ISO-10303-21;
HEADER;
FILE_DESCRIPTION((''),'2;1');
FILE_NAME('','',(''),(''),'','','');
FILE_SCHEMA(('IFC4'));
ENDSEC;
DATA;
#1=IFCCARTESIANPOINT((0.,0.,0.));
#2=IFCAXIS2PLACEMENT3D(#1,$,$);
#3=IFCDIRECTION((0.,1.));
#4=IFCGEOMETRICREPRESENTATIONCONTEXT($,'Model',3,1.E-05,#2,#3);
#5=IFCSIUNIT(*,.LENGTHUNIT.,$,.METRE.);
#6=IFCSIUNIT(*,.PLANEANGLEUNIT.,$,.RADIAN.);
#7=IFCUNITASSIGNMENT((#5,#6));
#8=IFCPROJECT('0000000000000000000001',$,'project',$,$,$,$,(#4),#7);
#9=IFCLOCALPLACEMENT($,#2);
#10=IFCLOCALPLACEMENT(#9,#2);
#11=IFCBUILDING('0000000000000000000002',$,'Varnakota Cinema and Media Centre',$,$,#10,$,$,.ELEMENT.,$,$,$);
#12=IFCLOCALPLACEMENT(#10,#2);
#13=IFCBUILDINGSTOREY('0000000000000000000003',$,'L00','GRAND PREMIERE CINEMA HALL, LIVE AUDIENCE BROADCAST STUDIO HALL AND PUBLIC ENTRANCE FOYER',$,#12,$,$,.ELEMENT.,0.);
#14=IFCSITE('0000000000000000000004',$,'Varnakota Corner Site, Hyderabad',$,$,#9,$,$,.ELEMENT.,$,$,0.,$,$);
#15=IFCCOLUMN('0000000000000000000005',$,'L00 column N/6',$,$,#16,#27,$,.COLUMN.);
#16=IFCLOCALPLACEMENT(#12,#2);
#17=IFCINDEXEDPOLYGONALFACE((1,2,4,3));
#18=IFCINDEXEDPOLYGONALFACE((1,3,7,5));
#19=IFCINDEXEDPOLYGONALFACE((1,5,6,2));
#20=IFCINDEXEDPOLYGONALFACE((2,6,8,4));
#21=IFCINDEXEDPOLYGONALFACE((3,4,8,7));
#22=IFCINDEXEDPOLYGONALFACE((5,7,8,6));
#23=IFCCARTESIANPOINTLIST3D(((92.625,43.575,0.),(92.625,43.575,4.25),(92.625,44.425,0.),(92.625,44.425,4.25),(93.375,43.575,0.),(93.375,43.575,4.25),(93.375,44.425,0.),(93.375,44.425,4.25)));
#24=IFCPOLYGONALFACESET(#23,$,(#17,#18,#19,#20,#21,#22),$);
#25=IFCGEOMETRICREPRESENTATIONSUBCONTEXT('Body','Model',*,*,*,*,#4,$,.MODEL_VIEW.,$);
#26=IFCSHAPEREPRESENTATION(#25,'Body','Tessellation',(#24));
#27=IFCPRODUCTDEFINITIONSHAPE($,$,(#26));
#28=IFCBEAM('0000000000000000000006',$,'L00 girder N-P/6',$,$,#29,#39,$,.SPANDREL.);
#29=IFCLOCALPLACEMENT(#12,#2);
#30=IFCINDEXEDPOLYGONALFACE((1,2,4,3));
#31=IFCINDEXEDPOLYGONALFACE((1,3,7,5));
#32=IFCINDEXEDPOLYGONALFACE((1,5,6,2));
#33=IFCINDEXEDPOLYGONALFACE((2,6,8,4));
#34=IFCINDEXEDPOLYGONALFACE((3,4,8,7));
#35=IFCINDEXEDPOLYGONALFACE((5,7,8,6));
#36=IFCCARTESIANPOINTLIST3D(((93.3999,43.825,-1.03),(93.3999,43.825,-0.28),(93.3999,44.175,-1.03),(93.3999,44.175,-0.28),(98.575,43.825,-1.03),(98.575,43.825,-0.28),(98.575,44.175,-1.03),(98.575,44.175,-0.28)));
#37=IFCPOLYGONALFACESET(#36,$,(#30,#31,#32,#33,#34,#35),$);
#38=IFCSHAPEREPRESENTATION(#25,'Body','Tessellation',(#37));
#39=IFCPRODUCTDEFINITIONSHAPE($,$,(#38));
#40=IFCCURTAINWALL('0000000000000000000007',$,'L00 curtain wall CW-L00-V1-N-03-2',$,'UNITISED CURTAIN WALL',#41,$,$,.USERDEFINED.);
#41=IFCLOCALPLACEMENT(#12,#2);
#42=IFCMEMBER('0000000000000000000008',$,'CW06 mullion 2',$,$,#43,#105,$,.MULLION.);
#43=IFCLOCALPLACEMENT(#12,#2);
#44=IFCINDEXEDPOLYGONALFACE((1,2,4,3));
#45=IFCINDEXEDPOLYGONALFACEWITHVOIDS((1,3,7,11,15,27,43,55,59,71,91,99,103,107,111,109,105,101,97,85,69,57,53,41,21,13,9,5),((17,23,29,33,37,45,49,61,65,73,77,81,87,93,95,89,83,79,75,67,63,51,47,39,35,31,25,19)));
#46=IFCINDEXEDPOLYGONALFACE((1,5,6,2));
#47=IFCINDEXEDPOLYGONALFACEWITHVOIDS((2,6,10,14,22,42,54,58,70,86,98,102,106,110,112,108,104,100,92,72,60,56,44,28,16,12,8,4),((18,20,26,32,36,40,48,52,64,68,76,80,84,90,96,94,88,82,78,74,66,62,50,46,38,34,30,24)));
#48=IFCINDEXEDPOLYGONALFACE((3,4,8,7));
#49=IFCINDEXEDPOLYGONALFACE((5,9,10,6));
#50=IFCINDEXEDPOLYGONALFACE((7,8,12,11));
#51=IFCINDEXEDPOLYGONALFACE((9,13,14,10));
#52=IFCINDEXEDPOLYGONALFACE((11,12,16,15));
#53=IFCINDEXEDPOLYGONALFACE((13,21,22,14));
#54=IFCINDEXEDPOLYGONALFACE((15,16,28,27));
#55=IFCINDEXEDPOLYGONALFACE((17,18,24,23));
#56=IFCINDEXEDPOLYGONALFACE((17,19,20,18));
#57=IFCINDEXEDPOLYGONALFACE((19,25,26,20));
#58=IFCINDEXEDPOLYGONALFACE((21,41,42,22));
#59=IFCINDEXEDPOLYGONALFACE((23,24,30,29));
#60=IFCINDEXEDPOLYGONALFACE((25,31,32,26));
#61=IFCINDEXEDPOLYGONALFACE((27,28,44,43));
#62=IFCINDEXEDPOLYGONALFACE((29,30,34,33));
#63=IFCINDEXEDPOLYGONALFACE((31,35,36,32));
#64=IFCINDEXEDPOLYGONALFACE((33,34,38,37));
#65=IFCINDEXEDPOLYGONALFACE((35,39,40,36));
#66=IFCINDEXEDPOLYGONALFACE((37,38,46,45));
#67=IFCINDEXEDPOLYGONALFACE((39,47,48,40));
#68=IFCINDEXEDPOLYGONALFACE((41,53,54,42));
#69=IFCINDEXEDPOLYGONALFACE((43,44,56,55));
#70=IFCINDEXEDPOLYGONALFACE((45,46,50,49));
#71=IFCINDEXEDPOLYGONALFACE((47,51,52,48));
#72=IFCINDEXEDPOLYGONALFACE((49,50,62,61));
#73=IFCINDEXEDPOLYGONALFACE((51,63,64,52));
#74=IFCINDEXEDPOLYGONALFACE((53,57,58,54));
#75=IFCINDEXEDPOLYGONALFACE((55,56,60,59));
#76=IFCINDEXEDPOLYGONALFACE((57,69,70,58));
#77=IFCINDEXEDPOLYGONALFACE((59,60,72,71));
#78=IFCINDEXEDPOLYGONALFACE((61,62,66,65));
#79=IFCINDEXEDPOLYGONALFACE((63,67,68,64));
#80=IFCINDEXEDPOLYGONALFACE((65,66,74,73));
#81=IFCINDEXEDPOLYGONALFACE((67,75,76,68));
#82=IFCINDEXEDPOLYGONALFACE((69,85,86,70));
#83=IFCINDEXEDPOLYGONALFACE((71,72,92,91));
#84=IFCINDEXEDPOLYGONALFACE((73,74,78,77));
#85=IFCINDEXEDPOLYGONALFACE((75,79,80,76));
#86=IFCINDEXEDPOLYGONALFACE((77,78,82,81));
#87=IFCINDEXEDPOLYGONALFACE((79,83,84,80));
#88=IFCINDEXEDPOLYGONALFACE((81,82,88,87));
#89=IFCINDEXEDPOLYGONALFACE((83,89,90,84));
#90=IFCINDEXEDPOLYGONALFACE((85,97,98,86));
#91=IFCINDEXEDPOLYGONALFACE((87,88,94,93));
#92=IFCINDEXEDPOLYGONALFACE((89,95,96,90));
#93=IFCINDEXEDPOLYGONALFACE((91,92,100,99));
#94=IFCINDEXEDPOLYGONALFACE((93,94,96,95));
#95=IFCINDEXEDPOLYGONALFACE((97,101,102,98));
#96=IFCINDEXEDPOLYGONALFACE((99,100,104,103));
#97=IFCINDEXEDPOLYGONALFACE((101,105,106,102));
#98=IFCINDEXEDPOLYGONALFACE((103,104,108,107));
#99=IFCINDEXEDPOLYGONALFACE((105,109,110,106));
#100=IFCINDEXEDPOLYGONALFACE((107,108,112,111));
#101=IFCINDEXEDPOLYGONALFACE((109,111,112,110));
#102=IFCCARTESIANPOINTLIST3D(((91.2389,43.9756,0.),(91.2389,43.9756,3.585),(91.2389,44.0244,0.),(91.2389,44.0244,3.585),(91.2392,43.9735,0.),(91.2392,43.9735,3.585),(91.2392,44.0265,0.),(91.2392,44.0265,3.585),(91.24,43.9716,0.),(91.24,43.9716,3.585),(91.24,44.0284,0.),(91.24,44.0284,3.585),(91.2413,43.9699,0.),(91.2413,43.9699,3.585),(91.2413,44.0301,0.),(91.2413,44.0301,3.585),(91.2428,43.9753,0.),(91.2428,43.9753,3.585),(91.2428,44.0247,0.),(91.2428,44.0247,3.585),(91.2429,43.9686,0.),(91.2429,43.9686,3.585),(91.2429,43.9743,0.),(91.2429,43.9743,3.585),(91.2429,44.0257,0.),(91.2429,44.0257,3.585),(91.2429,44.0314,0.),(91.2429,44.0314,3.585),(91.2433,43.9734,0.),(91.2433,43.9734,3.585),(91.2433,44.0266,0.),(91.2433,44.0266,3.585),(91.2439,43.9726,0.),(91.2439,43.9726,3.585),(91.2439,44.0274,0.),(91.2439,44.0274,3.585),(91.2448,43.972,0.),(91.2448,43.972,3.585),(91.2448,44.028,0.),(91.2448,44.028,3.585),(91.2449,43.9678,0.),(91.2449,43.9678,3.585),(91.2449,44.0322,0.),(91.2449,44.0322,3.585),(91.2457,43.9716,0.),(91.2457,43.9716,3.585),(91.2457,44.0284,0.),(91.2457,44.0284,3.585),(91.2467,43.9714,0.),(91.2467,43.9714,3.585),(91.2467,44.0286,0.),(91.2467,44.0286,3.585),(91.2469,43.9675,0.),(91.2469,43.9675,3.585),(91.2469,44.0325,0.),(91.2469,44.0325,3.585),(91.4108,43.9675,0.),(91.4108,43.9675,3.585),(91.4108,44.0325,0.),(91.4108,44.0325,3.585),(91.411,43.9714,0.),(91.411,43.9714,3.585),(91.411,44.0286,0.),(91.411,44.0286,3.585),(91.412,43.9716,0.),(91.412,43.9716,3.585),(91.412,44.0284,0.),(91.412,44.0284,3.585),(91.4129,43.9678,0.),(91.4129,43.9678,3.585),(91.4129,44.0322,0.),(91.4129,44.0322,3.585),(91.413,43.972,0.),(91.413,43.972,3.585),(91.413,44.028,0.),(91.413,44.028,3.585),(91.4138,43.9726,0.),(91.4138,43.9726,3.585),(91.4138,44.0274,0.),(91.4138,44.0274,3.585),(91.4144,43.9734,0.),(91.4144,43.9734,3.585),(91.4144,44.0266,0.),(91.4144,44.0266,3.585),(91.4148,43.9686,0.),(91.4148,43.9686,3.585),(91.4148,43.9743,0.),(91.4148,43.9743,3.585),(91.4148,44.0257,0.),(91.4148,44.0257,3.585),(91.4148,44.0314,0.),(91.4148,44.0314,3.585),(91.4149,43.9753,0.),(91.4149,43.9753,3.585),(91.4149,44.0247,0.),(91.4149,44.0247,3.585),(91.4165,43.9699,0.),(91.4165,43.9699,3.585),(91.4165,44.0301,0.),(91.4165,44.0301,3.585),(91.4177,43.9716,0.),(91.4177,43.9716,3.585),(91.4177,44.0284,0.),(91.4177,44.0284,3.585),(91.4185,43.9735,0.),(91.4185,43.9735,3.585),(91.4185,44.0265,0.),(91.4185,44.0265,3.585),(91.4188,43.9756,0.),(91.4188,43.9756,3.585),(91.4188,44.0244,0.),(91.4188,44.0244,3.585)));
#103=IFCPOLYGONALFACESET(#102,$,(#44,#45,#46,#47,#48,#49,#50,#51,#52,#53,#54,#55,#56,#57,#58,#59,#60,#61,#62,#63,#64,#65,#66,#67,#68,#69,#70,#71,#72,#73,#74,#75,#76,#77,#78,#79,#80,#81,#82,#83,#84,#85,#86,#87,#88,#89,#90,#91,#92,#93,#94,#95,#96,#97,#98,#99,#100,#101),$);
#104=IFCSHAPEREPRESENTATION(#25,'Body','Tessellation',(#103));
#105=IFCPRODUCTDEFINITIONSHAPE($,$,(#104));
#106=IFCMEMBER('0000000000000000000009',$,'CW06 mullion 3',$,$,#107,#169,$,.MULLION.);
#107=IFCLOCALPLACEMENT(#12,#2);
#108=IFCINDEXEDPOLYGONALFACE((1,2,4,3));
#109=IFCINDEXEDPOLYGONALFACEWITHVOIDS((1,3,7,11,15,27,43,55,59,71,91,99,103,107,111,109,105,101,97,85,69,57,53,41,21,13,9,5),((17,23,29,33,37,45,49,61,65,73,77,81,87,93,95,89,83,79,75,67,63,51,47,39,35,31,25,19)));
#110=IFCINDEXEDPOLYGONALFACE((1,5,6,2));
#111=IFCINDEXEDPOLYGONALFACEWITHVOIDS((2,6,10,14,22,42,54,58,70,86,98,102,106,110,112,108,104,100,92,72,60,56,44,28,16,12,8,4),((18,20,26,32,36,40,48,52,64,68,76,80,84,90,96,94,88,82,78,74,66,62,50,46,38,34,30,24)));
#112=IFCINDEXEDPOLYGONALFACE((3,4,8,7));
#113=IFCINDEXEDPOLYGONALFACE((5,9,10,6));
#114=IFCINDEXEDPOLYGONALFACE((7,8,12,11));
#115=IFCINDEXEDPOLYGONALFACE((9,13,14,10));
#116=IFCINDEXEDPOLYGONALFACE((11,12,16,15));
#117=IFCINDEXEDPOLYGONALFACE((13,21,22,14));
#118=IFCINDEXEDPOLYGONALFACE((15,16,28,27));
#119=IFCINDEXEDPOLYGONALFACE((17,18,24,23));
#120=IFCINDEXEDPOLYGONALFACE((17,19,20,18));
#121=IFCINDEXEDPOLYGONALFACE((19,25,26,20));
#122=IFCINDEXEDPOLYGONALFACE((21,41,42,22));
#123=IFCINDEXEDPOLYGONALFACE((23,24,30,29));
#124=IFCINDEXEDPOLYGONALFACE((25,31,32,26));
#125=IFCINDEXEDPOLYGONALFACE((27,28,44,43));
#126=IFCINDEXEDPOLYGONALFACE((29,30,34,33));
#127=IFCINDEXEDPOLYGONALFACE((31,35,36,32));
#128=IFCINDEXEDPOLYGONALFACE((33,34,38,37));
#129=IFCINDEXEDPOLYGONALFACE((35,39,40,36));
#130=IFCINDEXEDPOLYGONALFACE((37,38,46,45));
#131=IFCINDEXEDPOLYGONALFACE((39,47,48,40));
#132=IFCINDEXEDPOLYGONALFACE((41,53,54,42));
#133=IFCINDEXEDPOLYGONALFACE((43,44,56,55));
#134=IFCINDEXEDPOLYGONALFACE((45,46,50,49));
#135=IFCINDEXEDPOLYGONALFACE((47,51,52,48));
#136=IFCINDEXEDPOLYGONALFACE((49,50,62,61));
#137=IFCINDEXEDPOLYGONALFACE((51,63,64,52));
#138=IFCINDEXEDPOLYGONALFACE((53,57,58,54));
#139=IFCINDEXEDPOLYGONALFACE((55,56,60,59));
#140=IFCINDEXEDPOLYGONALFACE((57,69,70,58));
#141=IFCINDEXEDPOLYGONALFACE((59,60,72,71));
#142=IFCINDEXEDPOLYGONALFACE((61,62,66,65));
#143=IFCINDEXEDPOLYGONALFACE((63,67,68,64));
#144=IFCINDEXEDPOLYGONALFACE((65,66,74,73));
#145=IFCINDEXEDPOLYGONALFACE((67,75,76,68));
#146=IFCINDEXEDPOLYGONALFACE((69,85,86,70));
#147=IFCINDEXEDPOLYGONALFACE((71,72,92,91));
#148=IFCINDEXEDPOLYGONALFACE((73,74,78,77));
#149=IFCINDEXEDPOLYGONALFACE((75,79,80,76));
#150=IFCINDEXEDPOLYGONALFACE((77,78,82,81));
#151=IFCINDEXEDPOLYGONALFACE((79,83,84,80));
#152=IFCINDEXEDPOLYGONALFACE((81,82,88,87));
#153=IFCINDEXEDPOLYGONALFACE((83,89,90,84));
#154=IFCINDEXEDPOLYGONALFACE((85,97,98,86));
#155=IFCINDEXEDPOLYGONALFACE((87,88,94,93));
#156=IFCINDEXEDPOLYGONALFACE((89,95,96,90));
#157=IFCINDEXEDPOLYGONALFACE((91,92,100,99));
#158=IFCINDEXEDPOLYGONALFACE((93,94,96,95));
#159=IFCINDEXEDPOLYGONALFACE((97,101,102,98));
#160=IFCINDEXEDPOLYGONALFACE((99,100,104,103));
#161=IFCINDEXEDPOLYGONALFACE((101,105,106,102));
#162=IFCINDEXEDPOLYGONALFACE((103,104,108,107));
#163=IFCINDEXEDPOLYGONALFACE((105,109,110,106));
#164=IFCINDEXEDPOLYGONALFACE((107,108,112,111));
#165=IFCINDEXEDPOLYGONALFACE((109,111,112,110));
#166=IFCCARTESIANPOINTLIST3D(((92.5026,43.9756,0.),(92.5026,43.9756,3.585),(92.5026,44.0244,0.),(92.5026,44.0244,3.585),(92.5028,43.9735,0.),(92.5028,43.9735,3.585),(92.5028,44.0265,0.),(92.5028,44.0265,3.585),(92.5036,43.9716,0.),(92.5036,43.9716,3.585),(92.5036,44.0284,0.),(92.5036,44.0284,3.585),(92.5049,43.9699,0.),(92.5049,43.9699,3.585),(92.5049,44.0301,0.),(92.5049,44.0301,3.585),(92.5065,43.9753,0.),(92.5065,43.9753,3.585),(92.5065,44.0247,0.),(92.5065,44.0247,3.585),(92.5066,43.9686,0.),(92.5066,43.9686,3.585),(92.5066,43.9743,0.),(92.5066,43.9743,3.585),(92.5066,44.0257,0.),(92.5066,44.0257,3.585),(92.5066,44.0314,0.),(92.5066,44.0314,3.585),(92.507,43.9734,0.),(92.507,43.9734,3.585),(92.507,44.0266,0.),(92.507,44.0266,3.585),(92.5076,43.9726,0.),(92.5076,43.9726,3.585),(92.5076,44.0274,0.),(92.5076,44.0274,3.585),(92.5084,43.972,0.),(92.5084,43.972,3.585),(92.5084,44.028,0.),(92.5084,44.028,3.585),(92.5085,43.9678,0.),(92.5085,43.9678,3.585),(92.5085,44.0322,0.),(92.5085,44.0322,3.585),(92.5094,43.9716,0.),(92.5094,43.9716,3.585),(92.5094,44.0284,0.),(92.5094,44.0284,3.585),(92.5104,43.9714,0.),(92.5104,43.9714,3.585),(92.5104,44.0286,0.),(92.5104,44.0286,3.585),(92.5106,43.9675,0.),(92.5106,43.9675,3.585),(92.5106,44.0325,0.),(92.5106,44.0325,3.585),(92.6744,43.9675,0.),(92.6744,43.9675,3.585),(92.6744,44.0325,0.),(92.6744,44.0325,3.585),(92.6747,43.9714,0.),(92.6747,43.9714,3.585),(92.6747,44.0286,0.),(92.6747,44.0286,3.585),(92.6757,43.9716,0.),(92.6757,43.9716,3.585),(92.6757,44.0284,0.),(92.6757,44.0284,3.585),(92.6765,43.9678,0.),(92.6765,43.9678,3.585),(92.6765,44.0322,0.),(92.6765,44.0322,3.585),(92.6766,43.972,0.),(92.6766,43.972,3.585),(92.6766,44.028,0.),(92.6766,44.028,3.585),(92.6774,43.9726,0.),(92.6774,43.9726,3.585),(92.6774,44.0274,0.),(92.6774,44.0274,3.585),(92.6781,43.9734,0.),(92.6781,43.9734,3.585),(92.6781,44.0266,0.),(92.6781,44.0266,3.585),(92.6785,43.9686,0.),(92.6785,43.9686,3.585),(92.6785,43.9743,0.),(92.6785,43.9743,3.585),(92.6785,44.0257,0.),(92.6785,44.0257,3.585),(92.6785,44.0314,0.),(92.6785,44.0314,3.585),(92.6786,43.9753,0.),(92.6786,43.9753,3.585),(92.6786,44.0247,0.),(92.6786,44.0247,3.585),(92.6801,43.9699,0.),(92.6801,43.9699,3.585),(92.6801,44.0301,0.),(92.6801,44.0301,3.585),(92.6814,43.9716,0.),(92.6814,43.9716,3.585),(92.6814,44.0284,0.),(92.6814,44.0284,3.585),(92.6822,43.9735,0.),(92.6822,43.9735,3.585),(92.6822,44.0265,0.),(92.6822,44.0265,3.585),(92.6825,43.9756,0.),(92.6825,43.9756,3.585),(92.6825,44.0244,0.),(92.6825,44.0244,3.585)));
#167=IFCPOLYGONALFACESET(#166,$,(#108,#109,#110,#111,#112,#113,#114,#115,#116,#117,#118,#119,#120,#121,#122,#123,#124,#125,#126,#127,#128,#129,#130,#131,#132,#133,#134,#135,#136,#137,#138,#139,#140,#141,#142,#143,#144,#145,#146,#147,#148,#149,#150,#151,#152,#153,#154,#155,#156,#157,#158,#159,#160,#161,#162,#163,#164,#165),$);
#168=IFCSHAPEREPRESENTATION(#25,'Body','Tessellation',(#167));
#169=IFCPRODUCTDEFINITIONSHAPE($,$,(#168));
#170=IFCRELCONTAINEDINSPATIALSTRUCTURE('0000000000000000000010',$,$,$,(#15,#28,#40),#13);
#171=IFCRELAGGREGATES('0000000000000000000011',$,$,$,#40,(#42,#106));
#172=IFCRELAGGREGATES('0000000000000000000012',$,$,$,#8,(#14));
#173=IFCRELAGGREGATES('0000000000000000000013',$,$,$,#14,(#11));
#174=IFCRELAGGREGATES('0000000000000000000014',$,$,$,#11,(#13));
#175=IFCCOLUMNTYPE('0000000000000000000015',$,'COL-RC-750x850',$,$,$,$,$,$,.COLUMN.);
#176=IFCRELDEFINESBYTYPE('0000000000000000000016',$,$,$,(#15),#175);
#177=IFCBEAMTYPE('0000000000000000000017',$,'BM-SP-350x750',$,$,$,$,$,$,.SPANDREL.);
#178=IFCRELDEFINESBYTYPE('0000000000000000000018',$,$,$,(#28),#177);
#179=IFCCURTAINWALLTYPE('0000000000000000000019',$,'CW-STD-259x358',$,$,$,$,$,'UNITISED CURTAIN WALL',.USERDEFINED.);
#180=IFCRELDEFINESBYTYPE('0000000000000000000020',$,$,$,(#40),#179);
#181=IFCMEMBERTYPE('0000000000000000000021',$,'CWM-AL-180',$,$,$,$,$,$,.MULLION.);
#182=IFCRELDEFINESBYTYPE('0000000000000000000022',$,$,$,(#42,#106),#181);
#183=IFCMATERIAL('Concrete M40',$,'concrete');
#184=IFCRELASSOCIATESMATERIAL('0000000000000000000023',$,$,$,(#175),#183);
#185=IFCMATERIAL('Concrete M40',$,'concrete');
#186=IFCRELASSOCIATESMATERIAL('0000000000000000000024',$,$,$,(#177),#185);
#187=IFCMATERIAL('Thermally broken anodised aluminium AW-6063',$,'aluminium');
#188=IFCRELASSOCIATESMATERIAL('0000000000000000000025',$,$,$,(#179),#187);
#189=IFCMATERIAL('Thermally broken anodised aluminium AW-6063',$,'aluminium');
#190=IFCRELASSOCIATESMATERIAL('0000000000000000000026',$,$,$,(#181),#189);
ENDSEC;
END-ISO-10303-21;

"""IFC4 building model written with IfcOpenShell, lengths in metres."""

from ifc_helpers import new_model, si_unit, direction, frame, origin, origin_2d, place, context, subcontext, project, spatial, rectangle, hollow_rectangle, extrude, material, material_profile, profile_set, type_object, element, aggregate, save


model = new_model("IFC4")

# Units and contexts
model_context = context("Model", 3, precision=1e-05, world=origin(), true_north=direction((0.0, 1.0)))
body_context = subcontext(model_context, "Body", "Model", "MODEL_VIEW")
ifc_project = project(units=[si_unit("LENGTHUNIT", "METRE"), si_unit("PLANEANGLEUNIT", "RADIAN")], contexts=[model_context])

# Site, building, storey
site_placement = place(None, origin())
site = spatial("IfcSite", under=ifc_project, at=site_placement, Name="Varnakota Corner Site, Hyderabad", CompositionType="ELEMENT", RefElevation=0.0)
building_placement = place(site_placement, origin())
building = spatial("IfcBuilding", under=site, at=building_placement, Name="Varnakota Cinema and Media Centre", CompositionType="ELEMENT")
storey_placement = place(building_placement, origin())
storey = spatial("IfcBuildingStorey", under=building, at=storey_placement, Name="L00", Description="GRAND PREMIERE CINEMA HALL, LIVE AUDIENCE BROADCAST STUDIO HALL AND PUBLIC ENTRANCE FOYER", CompositionType="ELEMENT", Elevation=0.0)

# Column
ifc_material_1 = material(Name="Concrete M40", Category="concrete")
ifc_material_profile_1 = material_profile(ifc_material_1, rectangle(XDim=0.75, YDim=0.8501, at=origin_2d()), Name="RC 750x850")
ifc_profile_set_1 = profile_set([ifc_material_profile_1], Name="Concrete M40")
column_type = type_object("IfcColumnType", Name="COL-RC-750x850", PredefinedType="COLUMN", material=ifc_profile_set_1)
column_placement = place(storey_placement, frame((93.0, 44.0, 0.0), z_axis=(0.0, 0.0, 1.0), x_axis=(1.0, 0.0, 0.0)))
element("IfcColumn", 1, at=column_placement, inside=storey, type_object=column_type, Name="L00 column N/6", PredefinedType="COLUMN", context=body_context, shape_type="SweptSolid", body=[
    extrude(rectangle(XDim=0.75, YDim=0.8501, at=origin_2d()), origin(), (0.0, 0.0, 1.0), 4.25),
])

# Beam
ifc_material_2 = material(Name="Concrete M40", Category="concrete")
ifc_material_profile_2 = material_profile(ifc_material_2, rectangle(XDim=0.3501, YDim=0.75, at=origin_2d()), Name="RCB 350x750")
ifc_profile_set_2 = profile_set([ifc_material_profile_2], Name="Concrete M40")
beam_type = type_object("IfcBeamType", Name="BM-SP-350x750", PredefinedType="SPANDREL", material=ifc_profile_set_2)
beam_placement = place(storey_placement, frame((93.3999, 44.0, -0.655), z_axis=(1.0, 0.0, 0.0), x_axis=(0.0, 1.0, 0.0)))
element("IfcBeam", 2, at=beam_placement, inside=storey, type_object=beam_type, Name="L00 girder N-P/6", PredefinedType="SPANDREL", context=body_context, shape_type="SweptSolid", body=[
    extrude(rectangle(XDim=0.3501, YDim=0.75, at=origin_2d()), origin(), (0.0, 0.0, 1.0), 5.175),
])

# Curtain wall, members
ifc_material_3 = material(Name="Thermally broken anodised aluminium AW-6063", Category="aluminium")
curtain_wall_type = type_object("IfcCurtainWallType", Name="CW-STD-259x358", ElementType="UNITISED CURTAIN WALL", PredefinedType="USERDEFINED", material=ifc_material_3)
curtain_wall_1_placement = place(storey_placement, origin())
curtain_wall_1 = element("IfcCurtainWall", 3, at=curtain_wall_1_placement, inside=storey, type_object=curtain_wall_type, Name="L00 curtain wall CW-L00-V1-N-03-2", ObjectType="UNITISED CURTAIN WALL", PredefinedType="USERDEFINED")
ifc_material_4 = material(Name="Thermally broken anodised aluminium AW-6063", Category="aluminium")
ifc_material_profile_3 = material_profile(ifc_material_4, hollow_rectangle(XDim=0.0649, YDim=0.1799, WallThickness=0.0039, InnerFilletRadius=0.0039, OuterFilletRadius=0.0081, at=origin_2d()), Name="AL-MULLION 180x65x4")
ifc_profile_set_3 = profile_set([ifc_material_profile_3], Name="Thermally broken anodised aluminium AW-6063")
member_type_1 = type_object("IfcMemberType", Name="CWM-AL-180", PredefinedType="MULLION", material=ifc_profile_set_3)
member_1_placement = place(storey_placement, frame((91.3289, 44.0, 0.0), z_axis=(0.0, 0.0, 1.0), x_axis=(0.0, 1.0, 0.0)))
member_1 = element("IfcMember", 4, at=member_1_placement, type_object=member_type_1, Name="CW06 mullion 2", PredefinedType="MULLION", context=body_context, shape_type="SweptSolid", body=[
    extrude(hollow_rectangle(XDim=0.0649, YDim=0.1799, WallThickness=0.0039, InnerFilletRadius=0.0039, OuterFilletRadius=0.0081, at=origin_2d()), origin(), (0.0, 0.0, 1.0), 3.585),
])
member_2_placement = place(storey_placement, frame((92.5925, 44.0, 0.0), z_axis=(0.0, 0.0, 1.0), x_axis=(0.0, 1.0, 0.0)))
member_2 = element("IfcMember", 5, at=member_2_placement, type_object=member_type_1, Name="CW06 mullion 3", PredefinedType="MULLION", context=body_context, shape_type="SweptSolid", body=[
    extrude(hollow_rectangle(XDim=0.0649, YDim=0.1799, WallThickness=0.0039, InnerFilletRadius=0.0039, OuterFilletRadius=0.0081, at=origin_2d()), origin(), (0.0, 0.0, 1.0), 3.585),
])

aggregate(curtain_wall_1, [member_1, member_2])

save(model, "model.ifc")
